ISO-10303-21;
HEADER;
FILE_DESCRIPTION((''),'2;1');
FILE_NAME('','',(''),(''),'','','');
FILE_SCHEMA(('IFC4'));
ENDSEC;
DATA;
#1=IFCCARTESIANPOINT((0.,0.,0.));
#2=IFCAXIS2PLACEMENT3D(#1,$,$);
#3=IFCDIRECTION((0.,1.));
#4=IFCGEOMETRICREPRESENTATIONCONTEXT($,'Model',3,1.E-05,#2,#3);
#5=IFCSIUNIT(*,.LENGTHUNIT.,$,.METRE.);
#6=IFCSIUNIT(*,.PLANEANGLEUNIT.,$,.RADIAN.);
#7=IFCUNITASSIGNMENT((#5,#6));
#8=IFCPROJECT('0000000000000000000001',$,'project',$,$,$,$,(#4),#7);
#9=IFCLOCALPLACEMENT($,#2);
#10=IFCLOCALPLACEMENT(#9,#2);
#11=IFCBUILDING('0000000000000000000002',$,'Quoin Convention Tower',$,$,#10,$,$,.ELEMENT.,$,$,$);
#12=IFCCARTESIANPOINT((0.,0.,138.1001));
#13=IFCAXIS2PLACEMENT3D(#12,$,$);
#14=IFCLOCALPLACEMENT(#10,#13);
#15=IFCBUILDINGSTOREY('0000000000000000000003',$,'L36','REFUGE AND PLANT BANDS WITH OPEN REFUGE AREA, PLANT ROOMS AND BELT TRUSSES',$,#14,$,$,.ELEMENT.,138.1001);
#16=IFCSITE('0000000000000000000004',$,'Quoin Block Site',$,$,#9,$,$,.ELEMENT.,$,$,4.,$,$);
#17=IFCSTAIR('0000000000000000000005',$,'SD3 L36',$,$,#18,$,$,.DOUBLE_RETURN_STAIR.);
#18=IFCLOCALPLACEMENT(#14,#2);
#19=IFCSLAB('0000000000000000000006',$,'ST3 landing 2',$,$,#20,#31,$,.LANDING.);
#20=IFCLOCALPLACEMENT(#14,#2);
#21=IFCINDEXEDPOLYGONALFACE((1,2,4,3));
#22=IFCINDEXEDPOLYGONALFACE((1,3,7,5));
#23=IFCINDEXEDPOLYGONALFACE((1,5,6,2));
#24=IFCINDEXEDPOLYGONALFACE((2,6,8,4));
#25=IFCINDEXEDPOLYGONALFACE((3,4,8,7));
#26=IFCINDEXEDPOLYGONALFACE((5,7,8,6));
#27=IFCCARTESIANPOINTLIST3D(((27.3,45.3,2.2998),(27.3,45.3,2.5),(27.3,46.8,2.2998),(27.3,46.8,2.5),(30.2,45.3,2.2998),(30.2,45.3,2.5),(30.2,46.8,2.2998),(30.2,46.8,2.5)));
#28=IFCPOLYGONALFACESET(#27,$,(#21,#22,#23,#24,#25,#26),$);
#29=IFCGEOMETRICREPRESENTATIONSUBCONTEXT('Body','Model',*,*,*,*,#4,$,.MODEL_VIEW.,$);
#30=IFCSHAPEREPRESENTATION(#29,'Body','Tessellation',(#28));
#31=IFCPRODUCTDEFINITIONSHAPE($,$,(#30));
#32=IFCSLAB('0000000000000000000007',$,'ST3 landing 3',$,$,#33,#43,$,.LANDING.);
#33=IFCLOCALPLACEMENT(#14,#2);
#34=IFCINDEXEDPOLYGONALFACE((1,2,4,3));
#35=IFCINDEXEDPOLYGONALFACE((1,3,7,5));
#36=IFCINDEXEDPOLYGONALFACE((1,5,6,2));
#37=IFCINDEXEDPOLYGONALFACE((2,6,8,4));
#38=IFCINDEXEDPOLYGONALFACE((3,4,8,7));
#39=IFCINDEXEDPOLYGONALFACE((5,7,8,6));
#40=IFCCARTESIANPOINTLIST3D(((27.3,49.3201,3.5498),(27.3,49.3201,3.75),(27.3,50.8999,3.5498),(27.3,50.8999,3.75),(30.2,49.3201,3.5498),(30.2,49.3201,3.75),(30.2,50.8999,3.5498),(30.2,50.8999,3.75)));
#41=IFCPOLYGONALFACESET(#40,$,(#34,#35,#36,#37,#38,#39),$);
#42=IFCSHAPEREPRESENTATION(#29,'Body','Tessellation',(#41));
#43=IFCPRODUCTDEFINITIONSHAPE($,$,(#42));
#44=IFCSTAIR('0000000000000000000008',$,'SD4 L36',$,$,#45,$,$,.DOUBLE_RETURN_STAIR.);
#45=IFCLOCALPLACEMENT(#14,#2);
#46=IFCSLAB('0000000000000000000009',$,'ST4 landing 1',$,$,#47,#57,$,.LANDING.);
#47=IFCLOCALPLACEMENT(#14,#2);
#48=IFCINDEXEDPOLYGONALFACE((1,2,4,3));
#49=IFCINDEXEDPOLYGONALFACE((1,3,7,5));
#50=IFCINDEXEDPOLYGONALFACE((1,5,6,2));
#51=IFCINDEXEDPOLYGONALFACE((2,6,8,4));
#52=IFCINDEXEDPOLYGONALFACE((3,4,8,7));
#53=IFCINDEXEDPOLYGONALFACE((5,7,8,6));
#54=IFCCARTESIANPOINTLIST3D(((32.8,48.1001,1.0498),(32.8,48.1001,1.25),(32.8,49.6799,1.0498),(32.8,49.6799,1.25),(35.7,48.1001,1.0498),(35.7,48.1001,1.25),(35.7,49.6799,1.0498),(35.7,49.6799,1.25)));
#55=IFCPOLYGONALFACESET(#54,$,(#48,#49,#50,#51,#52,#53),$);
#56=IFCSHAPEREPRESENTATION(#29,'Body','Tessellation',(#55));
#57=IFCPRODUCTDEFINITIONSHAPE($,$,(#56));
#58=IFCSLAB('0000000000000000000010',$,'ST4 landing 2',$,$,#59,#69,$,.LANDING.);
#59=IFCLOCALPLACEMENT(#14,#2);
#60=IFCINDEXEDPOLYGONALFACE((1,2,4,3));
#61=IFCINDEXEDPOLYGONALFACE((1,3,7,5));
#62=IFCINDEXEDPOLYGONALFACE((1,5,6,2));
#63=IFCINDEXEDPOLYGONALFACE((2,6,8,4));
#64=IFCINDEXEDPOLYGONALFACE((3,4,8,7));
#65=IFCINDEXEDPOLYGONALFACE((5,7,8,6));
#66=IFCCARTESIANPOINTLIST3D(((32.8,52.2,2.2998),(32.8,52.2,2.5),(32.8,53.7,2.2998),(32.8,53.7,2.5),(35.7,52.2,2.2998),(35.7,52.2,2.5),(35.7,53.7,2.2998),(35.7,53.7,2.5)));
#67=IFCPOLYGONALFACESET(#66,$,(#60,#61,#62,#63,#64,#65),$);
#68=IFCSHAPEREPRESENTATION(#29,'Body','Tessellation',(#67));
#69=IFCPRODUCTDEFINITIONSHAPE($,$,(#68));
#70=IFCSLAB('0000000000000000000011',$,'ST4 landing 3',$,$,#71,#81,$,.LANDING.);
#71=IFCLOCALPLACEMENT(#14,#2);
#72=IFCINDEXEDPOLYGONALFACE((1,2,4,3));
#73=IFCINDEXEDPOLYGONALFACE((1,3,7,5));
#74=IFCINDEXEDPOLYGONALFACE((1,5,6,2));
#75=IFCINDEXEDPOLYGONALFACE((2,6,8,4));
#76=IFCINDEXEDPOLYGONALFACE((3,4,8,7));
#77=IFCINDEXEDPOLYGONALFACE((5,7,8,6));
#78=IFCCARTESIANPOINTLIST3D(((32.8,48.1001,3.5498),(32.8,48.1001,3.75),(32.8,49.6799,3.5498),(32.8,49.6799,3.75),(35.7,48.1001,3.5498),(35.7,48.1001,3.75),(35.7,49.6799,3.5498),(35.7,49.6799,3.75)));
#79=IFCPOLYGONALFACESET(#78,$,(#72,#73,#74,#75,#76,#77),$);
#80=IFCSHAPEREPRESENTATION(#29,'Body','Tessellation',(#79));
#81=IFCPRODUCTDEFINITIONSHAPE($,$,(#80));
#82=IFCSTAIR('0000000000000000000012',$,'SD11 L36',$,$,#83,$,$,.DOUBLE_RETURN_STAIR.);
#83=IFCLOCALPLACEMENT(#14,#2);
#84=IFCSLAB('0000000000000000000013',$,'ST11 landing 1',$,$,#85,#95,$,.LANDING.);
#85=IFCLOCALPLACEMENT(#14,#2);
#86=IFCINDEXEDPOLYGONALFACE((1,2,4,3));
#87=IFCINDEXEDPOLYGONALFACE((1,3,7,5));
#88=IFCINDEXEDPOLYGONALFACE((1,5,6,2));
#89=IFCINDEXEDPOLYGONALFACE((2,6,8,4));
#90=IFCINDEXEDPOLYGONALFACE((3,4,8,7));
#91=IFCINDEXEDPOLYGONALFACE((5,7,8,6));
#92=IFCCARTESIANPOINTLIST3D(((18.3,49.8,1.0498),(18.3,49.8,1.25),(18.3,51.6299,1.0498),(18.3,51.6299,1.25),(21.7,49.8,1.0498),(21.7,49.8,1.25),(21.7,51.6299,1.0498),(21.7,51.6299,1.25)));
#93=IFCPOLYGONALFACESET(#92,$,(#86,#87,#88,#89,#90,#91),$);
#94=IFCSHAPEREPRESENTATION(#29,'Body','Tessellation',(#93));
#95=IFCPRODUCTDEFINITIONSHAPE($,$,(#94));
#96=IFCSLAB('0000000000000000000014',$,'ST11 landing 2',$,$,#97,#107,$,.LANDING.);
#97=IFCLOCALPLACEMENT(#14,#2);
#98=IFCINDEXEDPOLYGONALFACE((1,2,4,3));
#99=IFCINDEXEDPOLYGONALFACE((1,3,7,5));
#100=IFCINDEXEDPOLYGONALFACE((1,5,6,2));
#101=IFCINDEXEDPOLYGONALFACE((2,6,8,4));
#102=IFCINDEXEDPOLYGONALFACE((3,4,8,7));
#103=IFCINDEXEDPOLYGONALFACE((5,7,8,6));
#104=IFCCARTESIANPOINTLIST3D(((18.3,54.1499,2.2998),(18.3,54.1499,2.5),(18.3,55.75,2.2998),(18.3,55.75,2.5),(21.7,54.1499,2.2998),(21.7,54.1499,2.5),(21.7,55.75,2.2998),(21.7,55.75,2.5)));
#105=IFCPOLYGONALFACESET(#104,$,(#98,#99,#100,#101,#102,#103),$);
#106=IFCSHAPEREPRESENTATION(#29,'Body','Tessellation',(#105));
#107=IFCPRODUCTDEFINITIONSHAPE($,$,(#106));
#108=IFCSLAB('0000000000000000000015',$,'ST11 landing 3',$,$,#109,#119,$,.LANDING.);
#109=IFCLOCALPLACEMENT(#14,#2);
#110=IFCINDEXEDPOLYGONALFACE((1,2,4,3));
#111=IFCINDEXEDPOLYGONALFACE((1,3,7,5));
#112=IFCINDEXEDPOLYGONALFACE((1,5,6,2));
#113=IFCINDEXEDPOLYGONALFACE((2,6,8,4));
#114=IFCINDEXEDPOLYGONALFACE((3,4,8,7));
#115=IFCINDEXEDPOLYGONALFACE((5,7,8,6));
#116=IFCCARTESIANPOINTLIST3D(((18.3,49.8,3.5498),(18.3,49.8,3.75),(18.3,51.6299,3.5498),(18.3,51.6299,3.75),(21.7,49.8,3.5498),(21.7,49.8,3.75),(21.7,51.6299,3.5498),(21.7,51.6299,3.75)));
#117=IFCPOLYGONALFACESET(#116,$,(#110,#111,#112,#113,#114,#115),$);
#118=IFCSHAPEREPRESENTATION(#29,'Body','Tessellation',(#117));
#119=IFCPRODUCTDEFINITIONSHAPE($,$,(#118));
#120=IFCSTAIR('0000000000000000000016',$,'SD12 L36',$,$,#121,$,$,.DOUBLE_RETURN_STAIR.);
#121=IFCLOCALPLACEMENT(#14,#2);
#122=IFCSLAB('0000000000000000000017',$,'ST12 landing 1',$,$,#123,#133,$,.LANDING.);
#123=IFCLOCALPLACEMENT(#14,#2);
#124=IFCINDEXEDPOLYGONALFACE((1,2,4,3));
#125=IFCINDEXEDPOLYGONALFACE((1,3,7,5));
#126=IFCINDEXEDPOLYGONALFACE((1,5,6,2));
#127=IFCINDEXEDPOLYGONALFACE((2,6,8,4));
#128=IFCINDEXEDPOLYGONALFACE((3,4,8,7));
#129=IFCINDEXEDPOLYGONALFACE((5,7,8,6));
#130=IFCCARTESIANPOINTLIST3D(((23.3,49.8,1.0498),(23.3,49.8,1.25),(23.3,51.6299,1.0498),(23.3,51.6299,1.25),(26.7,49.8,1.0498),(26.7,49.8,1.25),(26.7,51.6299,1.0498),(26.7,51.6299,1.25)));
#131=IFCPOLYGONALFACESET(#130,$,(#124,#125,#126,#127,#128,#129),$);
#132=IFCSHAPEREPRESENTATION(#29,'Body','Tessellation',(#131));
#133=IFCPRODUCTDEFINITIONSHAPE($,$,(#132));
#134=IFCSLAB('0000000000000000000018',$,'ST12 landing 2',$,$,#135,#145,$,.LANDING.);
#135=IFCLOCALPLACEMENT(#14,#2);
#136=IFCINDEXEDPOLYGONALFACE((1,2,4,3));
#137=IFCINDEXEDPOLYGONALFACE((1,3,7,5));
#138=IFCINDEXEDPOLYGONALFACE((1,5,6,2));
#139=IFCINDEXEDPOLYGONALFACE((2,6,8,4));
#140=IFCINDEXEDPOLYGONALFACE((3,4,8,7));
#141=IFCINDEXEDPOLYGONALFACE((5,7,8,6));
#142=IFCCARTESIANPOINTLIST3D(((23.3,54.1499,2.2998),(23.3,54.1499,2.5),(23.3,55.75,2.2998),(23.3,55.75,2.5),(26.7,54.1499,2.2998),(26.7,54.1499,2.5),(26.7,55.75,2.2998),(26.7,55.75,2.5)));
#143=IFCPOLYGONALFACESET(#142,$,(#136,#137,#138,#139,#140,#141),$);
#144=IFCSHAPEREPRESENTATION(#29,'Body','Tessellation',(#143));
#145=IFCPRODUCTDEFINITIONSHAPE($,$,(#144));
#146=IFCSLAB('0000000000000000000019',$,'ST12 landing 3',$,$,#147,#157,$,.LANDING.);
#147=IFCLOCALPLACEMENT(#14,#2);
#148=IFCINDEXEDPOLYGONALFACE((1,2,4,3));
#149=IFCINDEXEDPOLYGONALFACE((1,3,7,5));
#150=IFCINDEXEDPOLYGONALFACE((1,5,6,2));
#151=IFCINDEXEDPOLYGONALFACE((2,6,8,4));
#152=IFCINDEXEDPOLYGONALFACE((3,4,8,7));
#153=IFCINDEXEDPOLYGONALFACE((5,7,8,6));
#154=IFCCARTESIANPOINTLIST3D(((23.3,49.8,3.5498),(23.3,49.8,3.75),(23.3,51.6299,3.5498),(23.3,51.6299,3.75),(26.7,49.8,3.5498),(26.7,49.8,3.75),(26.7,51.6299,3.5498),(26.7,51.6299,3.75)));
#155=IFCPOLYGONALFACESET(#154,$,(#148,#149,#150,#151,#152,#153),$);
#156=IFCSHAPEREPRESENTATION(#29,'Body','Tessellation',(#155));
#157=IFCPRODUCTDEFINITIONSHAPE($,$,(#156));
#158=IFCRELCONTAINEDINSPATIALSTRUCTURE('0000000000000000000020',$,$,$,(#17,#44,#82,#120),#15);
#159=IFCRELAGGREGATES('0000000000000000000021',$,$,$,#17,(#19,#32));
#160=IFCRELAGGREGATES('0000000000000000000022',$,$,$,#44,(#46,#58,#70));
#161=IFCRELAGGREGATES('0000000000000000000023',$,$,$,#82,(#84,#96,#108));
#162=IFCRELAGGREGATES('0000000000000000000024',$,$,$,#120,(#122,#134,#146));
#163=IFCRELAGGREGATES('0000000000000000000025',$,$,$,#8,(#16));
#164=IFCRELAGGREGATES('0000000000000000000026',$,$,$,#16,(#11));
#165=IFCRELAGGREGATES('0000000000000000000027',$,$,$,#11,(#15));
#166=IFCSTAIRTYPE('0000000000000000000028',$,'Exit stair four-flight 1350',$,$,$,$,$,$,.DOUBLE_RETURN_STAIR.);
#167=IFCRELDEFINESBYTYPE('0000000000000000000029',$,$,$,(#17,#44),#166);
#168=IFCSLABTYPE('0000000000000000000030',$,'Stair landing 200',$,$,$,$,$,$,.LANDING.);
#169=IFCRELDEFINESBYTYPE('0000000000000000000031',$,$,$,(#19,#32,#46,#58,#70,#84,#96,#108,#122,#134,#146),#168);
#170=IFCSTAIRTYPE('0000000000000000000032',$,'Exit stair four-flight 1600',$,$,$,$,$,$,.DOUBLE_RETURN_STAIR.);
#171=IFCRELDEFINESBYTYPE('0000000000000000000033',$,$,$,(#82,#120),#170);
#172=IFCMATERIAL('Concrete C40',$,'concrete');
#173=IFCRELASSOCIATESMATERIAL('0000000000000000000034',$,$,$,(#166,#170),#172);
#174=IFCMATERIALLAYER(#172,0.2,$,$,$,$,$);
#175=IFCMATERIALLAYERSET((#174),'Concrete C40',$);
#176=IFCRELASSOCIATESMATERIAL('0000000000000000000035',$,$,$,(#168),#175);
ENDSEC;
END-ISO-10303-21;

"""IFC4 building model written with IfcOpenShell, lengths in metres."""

from ifc_helpers import new_model, si_unit, direction, frame, origin, place, context, subcontext, project, spatial, polyline, outline, extrude, material, layer, layer_set, type_object, element, aggregate, save


model = new_model("IFC4")

# Units and contexts
model_context = context("Model", 3, precision=1e-05, world=origin(), true_north=direction((0.0, 1.0)))
body_context = subcontext(model_context, "Body", "Model", "MODEL_VIEW")
ifc_project = project(units=[si_unit("LENGTHUNIT", "METRE"), si_unit("PLANEANGLEUNIT", "RADIAN")], contexts=[model_context])

# Site, building, storey
site_placement = place(None, origin())
site = spatial("IfcSite", under=ifc_project, at=site_placement, Name="Quoin Block Site", CompositionType="ELEMENT", RefElevation=4.0)
building_placement = place(site_placement, origin())
building = spatial("IfcBuilding", under=site, at=building_placement, Name="Quoin Convention Tower", CompositionType="ELEMENT")
storey_placement = place(building_placement, frame((0.0, 0.0, 138.1001)))
storey = spatial("IfcBuildingStorey", under=building, at=storey_placement, Name="L36", Description="REFUGE AND PLANT BANDS WITH OPEN REFUGE AREA, PLANT ROOMS AND BELT TRUSSES", CompositionType="ELEMENT", Elevation=138.1001)

# Shared definitions
ifc_material_1 = material(Name="Concrete C40", Category="concrete")

# Stairs, slabs
stair_type_1 = type_object("IfcStairType", Name="Exit stair four-flight 1350", PredefinedType="DOUBLE_RETURN_STAIR", material=ifc_material_1)
ifc_layer_1 = layer(ifc_material_1, 0.2)
ifc_layer_set_1 = layer_set([ifc_layer_1], Name="Concrete C40")
slab_type_1 = type_object("IfcSlabType", Name="Stair landing 200", PredefinedType="LANDING", material=ifc_layer_set_1)
stair_1_placement = place(storey_placement, origin())
stair_1 = element("IfcStair", 1, at=stair_1_placement, inside=storey, type_object=stair_type_1, Name="SD3 L36", PredefinedType="DOUBLE_RETURN_STAIR")
slab_1_placement = place(storey_placement, frame((0.0, 0.0, 2.2998)))
slab_1 = element("IfcSlab", 2, at=slab_1_placement, type_object=slab_type_1, Name="ST3 landing 2", PredefinedType="LANDING", context=body_context, shape_type="SweptSolid", body=[
    extrude(outline(polyline([(27.3, 45.3), (30.2, 45.3), (30.2, 46.8), (27.3, 46.8), (27.3, 45.3)])), origin(), (0.0, 0.0, 1.0), 0.2002),
])
slab_2_placement = place(storey_placement, frame((0.0, 0.0, 3.5498)))
slab_2 = element("IfcSlab", 3, at=slab_2_placement, type_object=slab_type_1, Name="ST3 landing 3", PredefinedType="LANDING", context=body_context, shape_type="SweptSolid", body=[
    extrude(outline(polyline([(27.3, 49.3201), (30.2, 49.3201), (30.2, 50.8999), (27.3, 50.8999), (27.3, 49.3201)])), origin(), (0.0, 0.0, 1.0), 0.2002),
])
aggregate(stair_1, [slab_1, slab_2])
stair_2_placement = place(storey_placement, origin())
stair_2 = element("IfcStair", 4, at=stair_2_placement, inside=storey, type_object=stair_type_1, Name="SD4 L36", PredefinedType="DOUBLE_RETURN_STAIR")
slab_3_placement = place(storey_placement, frame((0.0, 0.0, 1.0498)))
slab_3 = element("IfcSlab", 5, at=slab_3_placement, type_object=slab_type_1, Name="ST4 landing 1", PredefinedType="LANDING", context=body_context, shape_type="SweptSolid", body=[
    extrude(outline(polyline([(35.7, 49.6799), (32.8, 49.6799), (32.8, 48.1001), (35.7, 48.1001), (35.7, 49.6799)])), origin(), (0.0, 0.0, 1.0), 0.2002),
])
slab_4_placement = place(storey_placement, frame((0.0, 0.0, 2.2998)))
slab_4 = element("IfcSlab", 6, at=slab_4_placement, type_object=slab_type_1, Name="ST4 landing 2", PredefinedType="LANDING", context=body_context, shape_type="SweptSolid", body=[
    extrude(outline(polyline([(35.7, 53.7), (32.8, 53.7), (32.8, 52.2), (35.7, 52.2), (35.7, 53.7)])), origin(), (0.0, 0.0, 1.0), 0.2002),
])
slab_5_placement = place(storey_placement, frame((0.0, 0.0, 3.5498)))
slab_5 = element("IfcSlab", 7, at=slab_5_placement, type_object=slab_type_1, Name="ST4 landing 3", PredefinedType="LANDING", context=body_context, shape_type="SweptSolid", body=[
    extrude(outline(polyline([(35.7, 49.6799), (32.8, 49.6799), (32.8, 48.1001), (35.7, 48.1001), (35.7, 49.6799)])), origin(), (0.0, 0.0, 1.0), 0.2002),
])
aggregate(stair_2, [slab_3, slab_4, slab_5])
stair_type_2 = type_object("IfcStairType", Name="Exit stair four-flight 1600", PredefinedType="DOUBLE_RETURN_STAIR", material=ifc_material_1)
stair_3_placement = place(storey_placement, origin())
stair_3 = element("IfcStair", 8, at=stair_3_placement, inside=storey, type_object=stair_type_2, Name="SD11 L36", PredefinedType="DOUBLE_RETURN_STAIR")
slab_6_placement = place(storey_placement, frame((0.0, 0.0, 1.0498)))
slab_6 = element("IfcSlab", 9, at=slab_6_placement, type_object=slab_type_1, Name="ST11 landing 1", PredefinedType="LANDING", context=body_context, shape_type="SweptSolid", body=[
    extrude(outline(polyline([(21.7, 51.6299), (18.3, 51.6299), (18.3, 49.8), (21.7, 49.8), (21.7, 51.6299)])), origin(), (0.0, 0.0, 1.0), 0.2002),
])
slab_7_placement = place(storey_placement, frame((0.0, 0.0, 2.2998)))
slab_7 = element("IfcSlab", 10, at=slab_7_placement, type_object=slab_type_1, Name="ST11 landing 2", PredefinedType="LANDING", context=body_context, shape_type="SweptSolid", body=[
    extrude(outline(polyline([(21.7, 55.75), (18.3, 55.75), (18.3, 54.1499), (21.7, 54.1499), (21.7, 55.75)])), origin(), (0.0, 0.0, 1.0), 0.2002),
])
slab_8_placement = place(storey_placement, frame((0.0, 0.0, 3.5498)))
slab_8 = element("IfcSlab", 11, at=slab_8_placement, type_object=slab_type_1, Name="ST11 landing 3", PredefinedType="LANDING", context=body_context, shape_type="SweptSolid", body=[
    extrude(outline(polyline([(21.7, 51.6299), (18.3, 51.6299), (18.3, 49.8), (21.7, 49.8), (21.7, 51.6299)])), origin(), (0.0, 0.0, 1.0), 0.2002),
])
aggregate(stair_3, [slab_6, slab_7, slab_8])
stair_4_placement = place(storey_placement, origin())
stair_4 = element("IfcStair", 12, at=stair_4_placement, inside=storey, type_object=stair_type_2, Name="SD12 L36", PredefinedType="DOUBLE_RETURN_STAIR")
slab_9_placement = place(storey_placement, frame((0.0, 0.0, 1.0498)))
slab_9 = element("IfcSlab", 13, at=slab_9_placement, type_object=slab_type_1, Name="ST12 landing 1", PredefinedType="LANDING", context=body_context, shape_type="SweptSolid", body=[
    extrude(outline(polyline([(26.7, 51.6299), (23.3, 51.6299), (23.3, 49.8), (26.7, 49.8), (26.7, 51.6299)])), origin(), (0.0, 0.0, 1.0), 0.2002),
])
slab_10_placement = place(storey_placement, frame((0.0, 0.0, 2.2998)))
slab_10 = element("IfcSlab", 14, at=slab_10_placement, type_object=slab_type_1, Name="ST12 landing 2", PredefinedType="LANDING", context=body_context, shape_type="SweptSolid", body=[
    extrude(outline(polyline([(26.7, 55.75), (23.3, 55.75), (23.3, 54.1499), (26.7, 54.1499), (26.7, 55.75)])), origin(), (0.0, 0.0, 1.0), 0.2002),
])
slab_11_placement = place(storey_placement, frame((0.0, 0.0, 3.5498)))
slab_11 = element("IfcSlab", 15, at=slab_11_placement, type_object=slab_type_1, Name="ST12 landing 3", PredefinedType="LANDING", context=body_context, shape_type="SweptSolid", body=[
    extrude(outline(polyline([(26.7, 51.6299), (23.3, 51.6299), (23.3, 49.8), (26.7, 49.8), (26.7, 51.6299)])), origin(), (0.0, 0.0, 1.0), 0.2002),
])
aggregate(stair_4, [slab_9, slab_10, slab_11])

save(model, "model.ifc")
